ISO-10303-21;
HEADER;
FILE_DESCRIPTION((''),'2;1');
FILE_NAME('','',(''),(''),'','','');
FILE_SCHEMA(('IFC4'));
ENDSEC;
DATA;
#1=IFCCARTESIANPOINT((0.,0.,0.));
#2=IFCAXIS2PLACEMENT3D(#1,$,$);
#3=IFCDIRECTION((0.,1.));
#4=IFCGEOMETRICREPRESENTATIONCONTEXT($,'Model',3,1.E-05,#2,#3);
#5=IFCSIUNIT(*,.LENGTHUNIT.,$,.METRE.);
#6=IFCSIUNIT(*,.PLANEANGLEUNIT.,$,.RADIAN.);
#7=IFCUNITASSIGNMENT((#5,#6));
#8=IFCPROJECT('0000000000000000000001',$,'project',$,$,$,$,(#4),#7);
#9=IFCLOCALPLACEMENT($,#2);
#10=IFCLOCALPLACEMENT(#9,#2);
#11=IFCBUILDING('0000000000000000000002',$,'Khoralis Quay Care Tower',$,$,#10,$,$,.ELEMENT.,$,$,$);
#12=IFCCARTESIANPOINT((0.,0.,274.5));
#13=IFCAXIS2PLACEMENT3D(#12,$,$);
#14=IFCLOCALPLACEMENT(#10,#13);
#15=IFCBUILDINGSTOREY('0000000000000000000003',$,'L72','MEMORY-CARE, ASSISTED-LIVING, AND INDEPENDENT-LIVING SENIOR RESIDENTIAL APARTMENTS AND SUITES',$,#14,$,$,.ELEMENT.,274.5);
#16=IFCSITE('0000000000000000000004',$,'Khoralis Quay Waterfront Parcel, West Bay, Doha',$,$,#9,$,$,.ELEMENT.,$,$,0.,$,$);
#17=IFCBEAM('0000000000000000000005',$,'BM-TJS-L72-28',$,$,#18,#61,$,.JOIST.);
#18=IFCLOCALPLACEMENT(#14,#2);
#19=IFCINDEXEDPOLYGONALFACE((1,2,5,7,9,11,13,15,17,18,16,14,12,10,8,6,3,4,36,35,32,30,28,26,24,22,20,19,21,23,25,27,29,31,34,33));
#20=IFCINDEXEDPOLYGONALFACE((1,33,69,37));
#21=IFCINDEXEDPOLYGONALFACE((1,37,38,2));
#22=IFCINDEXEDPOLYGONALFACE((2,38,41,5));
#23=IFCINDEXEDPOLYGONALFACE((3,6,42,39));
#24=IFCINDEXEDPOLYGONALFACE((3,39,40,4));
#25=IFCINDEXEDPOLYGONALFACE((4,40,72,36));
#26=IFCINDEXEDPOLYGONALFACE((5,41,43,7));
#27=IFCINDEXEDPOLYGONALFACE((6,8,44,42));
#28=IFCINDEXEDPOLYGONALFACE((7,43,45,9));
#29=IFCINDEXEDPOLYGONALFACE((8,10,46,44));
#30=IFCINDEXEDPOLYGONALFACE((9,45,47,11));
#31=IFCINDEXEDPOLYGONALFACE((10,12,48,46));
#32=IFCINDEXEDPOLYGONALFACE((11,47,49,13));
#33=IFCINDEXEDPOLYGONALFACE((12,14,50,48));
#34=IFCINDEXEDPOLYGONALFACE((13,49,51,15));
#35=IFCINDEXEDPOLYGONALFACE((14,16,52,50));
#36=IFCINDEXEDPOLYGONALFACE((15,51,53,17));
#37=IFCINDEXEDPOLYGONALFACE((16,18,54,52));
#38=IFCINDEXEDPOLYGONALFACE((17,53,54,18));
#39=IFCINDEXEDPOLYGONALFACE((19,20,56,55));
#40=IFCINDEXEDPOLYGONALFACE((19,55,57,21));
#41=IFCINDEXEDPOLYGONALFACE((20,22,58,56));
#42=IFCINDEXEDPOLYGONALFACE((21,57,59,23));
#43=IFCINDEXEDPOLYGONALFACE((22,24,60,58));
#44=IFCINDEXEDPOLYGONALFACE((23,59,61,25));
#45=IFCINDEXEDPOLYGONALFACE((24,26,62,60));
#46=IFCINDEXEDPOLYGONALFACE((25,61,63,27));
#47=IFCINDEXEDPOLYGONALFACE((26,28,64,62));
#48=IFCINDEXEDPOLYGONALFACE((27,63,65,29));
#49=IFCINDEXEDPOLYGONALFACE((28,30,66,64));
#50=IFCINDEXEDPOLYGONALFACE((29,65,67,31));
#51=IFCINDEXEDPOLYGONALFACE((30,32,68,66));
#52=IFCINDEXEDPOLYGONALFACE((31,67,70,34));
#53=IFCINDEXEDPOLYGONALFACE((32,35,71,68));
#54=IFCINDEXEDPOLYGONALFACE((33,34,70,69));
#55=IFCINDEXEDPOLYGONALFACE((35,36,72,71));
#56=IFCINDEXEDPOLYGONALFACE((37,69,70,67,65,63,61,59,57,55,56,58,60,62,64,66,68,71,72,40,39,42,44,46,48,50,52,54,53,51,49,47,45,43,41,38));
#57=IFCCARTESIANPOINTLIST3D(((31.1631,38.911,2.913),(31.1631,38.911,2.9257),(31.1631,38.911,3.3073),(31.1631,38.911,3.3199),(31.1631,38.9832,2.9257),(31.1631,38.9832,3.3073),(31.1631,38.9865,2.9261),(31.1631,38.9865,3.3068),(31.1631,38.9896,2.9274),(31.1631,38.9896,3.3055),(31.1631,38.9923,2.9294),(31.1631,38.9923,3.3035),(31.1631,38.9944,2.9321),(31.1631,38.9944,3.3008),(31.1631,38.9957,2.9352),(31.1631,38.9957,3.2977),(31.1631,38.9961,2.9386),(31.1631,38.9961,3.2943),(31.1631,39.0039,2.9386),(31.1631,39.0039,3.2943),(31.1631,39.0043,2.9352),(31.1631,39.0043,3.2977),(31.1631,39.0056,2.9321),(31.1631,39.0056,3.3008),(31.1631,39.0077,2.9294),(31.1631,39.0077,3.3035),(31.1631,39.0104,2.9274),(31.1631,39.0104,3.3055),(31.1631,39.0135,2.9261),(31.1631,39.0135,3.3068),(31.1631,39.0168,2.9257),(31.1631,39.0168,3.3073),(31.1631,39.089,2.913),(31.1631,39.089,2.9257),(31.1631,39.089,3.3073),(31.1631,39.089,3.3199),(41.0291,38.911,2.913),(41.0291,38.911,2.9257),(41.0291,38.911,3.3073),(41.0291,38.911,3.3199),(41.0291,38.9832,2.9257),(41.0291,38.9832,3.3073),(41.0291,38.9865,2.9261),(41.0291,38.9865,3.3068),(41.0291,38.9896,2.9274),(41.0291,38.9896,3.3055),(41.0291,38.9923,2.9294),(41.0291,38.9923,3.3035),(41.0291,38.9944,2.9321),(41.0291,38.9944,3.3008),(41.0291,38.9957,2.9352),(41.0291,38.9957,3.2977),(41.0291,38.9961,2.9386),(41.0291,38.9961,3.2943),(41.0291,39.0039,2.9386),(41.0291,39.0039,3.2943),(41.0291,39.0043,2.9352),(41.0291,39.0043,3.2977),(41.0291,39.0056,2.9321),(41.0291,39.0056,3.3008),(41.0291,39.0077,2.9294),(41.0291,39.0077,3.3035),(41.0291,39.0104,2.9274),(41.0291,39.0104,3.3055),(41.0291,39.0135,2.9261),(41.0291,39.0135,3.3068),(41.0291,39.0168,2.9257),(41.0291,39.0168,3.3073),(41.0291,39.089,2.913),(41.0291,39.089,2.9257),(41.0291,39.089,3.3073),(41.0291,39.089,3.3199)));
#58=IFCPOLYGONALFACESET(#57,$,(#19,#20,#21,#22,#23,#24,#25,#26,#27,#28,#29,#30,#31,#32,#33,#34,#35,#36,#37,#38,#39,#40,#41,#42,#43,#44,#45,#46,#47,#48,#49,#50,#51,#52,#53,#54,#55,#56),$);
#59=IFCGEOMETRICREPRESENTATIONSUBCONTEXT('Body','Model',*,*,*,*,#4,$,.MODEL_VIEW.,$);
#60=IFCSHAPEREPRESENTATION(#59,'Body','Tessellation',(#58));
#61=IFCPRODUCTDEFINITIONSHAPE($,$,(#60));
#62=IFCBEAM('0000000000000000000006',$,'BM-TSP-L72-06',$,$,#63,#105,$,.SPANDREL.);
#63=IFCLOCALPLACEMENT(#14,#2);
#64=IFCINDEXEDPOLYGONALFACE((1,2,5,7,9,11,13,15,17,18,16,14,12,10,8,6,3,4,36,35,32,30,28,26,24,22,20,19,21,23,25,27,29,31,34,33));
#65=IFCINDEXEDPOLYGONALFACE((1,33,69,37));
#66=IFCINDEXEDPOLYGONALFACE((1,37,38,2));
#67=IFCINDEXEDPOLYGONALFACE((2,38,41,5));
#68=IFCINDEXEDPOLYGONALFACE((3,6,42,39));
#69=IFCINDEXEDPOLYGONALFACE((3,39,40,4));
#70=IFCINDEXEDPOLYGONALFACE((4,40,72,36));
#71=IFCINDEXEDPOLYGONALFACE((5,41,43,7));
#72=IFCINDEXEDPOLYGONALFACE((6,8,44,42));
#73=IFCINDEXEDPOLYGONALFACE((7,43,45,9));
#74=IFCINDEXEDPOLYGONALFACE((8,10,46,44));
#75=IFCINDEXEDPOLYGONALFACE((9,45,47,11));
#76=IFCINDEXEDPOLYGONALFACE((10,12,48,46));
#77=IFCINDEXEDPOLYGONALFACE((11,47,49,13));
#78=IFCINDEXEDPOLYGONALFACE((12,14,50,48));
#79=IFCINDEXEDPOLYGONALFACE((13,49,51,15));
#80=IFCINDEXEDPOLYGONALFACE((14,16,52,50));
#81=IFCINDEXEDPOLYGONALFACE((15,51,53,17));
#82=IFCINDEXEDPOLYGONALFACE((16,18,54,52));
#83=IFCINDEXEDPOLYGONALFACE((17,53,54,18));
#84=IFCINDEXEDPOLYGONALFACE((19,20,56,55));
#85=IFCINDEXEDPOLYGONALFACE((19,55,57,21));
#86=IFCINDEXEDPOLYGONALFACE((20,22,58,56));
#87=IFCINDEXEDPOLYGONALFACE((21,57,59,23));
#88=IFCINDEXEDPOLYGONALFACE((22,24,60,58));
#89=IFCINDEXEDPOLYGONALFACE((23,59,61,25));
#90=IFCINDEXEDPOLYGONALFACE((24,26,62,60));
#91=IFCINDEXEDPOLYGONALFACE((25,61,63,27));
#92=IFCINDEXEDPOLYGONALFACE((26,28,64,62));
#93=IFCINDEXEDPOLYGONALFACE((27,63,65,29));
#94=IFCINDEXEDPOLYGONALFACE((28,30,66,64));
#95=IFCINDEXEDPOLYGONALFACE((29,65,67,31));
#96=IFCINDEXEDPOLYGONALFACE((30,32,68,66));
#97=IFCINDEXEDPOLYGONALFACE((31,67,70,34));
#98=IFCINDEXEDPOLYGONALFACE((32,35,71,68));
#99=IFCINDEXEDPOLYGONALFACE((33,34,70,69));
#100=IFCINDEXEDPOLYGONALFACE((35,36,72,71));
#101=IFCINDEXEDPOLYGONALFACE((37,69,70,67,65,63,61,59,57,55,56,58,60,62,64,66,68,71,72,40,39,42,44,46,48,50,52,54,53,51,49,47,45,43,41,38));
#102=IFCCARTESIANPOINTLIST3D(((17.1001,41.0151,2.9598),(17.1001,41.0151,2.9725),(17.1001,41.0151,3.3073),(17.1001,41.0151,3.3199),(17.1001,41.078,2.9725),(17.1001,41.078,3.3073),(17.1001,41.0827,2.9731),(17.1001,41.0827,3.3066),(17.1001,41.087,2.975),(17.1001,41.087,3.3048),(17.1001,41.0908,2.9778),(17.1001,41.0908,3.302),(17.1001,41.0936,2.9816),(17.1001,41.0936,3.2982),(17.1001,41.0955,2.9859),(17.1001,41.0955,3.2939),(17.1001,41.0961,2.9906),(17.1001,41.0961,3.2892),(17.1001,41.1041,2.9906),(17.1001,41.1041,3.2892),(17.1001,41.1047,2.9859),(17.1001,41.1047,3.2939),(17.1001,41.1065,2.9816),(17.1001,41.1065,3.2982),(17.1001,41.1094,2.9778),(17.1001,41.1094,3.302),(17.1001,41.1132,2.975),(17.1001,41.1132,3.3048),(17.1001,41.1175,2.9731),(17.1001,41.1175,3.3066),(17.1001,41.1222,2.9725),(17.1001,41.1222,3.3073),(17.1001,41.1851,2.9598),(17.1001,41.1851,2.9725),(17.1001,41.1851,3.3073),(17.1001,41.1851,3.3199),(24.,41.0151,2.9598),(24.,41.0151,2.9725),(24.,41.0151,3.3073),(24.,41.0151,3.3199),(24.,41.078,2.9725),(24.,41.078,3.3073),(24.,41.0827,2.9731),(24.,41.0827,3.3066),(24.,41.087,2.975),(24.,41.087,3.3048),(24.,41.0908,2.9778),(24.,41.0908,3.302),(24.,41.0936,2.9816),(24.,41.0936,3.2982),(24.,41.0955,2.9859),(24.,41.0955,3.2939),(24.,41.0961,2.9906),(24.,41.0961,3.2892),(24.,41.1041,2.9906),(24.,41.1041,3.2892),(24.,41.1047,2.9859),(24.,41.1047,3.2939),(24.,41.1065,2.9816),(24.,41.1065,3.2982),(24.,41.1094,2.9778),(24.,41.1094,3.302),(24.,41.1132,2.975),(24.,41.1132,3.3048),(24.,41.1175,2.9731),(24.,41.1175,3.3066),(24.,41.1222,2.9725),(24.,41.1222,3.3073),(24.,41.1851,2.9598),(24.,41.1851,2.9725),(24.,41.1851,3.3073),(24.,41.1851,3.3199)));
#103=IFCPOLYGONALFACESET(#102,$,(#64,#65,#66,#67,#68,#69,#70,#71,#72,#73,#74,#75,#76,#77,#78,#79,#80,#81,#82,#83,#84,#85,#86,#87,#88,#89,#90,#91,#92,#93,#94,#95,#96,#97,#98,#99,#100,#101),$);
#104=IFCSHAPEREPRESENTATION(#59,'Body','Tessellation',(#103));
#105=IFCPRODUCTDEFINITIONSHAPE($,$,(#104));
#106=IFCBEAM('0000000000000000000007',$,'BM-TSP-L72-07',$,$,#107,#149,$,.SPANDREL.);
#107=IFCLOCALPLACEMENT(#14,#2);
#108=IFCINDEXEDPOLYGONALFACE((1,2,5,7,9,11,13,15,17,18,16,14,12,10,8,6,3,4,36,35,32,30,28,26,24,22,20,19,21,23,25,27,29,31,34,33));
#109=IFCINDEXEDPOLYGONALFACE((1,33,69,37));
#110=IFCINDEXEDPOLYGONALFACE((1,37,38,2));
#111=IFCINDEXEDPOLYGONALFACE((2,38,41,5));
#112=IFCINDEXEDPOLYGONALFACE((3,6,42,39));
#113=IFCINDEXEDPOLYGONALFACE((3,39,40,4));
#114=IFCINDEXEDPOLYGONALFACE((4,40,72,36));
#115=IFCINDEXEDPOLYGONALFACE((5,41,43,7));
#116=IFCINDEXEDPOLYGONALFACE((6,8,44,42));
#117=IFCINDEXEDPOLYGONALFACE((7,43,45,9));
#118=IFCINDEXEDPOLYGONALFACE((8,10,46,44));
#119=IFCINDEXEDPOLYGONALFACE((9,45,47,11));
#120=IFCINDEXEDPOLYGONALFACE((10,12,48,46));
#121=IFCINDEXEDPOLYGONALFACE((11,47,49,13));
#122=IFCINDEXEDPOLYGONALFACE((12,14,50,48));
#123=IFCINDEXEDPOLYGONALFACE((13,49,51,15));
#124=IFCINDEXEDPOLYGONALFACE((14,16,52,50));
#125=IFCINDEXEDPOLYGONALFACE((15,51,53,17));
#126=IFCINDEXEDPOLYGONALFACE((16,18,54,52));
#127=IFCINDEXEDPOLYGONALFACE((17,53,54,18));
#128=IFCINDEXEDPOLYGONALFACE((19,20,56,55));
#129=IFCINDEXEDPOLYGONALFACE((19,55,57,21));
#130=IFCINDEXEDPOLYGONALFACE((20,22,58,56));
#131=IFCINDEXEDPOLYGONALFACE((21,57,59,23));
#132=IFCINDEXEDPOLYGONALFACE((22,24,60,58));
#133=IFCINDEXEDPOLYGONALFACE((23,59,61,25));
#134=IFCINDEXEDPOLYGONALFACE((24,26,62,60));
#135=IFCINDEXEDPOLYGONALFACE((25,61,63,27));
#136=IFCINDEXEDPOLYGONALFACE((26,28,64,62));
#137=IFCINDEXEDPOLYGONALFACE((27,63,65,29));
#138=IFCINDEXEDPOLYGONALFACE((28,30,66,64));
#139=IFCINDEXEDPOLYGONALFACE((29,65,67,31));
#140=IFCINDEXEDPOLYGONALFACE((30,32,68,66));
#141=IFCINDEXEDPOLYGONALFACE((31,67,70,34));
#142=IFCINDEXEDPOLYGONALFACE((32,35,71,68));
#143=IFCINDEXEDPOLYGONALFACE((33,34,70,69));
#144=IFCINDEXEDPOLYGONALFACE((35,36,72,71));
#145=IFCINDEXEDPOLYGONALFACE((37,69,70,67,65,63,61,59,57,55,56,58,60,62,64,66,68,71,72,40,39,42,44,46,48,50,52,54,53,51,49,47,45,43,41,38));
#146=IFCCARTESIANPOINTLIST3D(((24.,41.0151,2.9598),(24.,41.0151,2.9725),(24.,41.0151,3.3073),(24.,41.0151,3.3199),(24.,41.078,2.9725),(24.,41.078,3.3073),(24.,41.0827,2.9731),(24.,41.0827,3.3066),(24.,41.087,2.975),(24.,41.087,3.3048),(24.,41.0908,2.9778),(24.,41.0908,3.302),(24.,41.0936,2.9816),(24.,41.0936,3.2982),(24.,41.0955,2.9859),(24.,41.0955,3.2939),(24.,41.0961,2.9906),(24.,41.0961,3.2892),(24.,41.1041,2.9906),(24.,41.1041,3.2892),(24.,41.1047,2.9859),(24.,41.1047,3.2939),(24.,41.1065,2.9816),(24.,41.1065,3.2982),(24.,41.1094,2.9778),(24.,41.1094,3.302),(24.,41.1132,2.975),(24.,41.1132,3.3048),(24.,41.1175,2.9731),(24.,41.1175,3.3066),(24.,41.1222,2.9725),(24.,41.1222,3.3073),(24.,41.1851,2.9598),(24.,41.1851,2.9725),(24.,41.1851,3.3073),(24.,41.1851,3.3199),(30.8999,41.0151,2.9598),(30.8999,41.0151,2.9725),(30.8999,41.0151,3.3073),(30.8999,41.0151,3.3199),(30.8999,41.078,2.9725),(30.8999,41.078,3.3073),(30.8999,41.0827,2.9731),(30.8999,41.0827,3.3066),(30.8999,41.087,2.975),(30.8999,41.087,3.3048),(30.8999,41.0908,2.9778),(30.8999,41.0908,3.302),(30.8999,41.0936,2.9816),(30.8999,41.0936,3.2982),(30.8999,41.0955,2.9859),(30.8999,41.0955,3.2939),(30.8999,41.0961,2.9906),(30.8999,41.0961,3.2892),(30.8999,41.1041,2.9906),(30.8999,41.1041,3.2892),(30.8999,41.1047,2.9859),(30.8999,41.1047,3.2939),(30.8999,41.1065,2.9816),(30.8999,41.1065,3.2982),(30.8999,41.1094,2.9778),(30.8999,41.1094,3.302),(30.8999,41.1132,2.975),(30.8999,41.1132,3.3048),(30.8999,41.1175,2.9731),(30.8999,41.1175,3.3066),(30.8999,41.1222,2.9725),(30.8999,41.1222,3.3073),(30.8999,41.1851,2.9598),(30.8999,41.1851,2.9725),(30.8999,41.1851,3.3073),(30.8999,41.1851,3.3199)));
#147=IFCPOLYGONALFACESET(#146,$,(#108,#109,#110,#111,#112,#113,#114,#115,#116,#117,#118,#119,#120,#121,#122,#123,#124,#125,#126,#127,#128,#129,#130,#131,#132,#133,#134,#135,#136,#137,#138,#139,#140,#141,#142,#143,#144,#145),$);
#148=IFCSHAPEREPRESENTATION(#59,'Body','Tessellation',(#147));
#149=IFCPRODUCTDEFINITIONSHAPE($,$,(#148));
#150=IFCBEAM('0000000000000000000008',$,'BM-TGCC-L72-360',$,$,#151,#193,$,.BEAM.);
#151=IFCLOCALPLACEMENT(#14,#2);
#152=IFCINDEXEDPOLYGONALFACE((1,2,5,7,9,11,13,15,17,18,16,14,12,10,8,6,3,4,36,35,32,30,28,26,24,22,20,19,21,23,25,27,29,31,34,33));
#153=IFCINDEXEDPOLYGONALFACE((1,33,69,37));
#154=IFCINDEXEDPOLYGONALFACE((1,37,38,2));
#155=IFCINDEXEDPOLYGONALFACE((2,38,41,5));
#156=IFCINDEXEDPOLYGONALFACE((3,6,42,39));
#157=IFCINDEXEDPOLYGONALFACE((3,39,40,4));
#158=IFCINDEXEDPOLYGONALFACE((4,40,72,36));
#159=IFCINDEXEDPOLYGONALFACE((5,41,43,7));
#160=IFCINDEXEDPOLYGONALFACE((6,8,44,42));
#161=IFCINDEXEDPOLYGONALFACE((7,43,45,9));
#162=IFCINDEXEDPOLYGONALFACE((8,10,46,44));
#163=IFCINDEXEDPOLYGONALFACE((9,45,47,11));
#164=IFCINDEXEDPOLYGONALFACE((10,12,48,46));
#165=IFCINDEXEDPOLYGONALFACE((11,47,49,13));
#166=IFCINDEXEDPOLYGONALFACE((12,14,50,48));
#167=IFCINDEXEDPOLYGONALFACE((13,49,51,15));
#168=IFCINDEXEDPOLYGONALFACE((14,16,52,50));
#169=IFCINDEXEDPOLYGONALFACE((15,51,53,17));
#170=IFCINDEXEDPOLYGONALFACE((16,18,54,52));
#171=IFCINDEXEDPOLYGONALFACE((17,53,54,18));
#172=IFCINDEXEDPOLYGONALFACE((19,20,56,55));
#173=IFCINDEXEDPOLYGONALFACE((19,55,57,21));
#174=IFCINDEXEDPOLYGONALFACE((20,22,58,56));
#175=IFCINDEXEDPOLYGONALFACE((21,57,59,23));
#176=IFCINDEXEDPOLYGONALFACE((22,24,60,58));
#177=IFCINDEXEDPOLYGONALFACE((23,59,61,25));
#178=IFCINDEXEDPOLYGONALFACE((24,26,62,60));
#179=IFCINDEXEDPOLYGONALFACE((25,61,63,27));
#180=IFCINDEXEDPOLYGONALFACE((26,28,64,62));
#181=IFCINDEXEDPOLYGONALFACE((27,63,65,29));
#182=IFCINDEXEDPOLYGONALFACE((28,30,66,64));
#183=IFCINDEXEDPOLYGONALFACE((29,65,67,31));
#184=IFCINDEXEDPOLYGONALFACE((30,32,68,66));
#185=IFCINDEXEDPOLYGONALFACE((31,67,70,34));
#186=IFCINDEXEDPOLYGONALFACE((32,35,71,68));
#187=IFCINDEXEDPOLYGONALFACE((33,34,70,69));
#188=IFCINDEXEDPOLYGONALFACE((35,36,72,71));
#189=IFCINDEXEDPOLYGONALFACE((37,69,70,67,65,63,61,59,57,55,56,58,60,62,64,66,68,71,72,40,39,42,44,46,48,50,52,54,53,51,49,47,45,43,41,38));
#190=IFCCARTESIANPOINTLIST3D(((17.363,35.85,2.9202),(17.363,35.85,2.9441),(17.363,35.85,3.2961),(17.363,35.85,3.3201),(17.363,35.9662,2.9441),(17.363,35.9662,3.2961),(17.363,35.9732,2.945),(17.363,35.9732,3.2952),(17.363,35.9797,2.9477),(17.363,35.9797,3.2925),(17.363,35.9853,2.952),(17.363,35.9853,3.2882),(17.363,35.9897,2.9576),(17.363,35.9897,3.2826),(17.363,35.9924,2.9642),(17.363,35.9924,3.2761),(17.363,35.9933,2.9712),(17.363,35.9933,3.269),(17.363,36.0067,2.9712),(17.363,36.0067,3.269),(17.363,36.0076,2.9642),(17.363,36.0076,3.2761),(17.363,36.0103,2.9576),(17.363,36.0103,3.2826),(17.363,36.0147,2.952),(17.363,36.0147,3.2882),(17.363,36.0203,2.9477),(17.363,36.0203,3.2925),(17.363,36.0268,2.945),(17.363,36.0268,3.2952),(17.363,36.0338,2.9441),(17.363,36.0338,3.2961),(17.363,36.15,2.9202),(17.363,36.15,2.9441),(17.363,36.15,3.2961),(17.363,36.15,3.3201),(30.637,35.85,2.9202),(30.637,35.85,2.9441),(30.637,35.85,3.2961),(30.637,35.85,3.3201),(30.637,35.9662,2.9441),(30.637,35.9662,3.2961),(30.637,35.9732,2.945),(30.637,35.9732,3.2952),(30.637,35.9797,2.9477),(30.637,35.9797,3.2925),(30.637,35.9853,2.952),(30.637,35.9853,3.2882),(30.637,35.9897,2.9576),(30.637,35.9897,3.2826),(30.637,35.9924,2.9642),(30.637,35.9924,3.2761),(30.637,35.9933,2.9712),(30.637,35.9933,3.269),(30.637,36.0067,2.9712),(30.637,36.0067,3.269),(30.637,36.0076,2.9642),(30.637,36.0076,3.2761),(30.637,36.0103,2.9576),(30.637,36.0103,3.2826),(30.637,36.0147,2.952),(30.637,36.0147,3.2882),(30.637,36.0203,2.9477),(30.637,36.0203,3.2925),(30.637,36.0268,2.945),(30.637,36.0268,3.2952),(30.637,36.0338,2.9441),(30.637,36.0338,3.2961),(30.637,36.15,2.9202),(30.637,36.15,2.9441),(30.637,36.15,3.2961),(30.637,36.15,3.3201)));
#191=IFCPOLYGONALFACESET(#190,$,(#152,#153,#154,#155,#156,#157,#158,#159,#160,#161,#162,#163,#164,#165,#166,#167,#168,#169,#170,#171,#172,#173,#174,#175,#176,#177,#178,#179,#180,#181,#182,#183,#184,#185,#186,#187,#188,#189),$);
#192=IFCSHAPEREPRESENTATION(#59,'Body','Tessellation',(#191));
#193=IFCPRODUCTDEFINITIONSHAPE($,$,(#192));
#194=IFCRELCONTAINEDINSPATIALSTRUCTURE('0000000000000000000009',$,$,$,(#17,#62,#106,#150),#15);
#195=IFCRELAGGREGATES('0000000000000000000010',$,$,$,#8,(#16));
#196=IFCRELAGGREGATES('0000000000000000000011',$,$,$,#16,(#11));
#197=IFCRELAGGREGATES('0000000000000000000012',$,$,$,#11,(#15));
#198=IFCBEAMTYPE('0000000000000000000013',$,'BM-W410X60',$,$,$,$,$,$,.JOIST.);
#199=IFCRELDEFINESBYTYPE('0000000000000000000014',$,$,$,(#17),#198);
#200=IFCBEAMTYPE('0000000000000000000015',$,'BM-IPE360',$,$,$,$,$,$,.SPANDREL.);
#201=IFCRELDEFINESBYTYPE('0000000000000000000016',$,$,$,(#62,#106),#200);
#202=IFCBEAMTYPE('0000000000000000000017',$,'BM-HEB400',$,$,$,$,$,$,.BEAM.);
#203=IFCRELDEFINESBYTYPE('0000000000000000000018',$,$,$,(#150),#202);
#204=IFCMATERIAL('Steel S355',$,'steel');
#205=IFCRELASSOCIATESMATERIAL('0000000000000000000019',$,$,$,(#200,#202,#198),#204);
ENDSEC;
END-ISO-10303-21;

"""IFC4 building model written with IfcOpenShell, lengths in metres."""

from ifc_helpers import new_model, si_unit, direction, frame, origin, origin_2d, place, context, subcontext, project, spatial, i_section, extrude, source, transform, mapped, material, material_profile, profile_set, type_object, element, save


model = new_model("IFC4")

# Units and contexts
model_context = context("Model", 3, precision=1e-05, world=origin(), true_north=direction((0.0, 1.0)))
body_context = subcontext(model_context, "Body", "Model", "MODEL_VIEW")
ifc_project = project(units=[si_unit("LENGTHUNIT", "METRE"), si_unit("PLANEANGLEUNIT", "RADIAN")], contexts=[model_context])

# Site, building, storey
site_placement = place(None, origin())
site = spatial("IfcSite", under=ifc_project, at=site_placement, Name="Khoralis Quay Waterfront Parcel, West Bay, Doha", CompositionType="ELEMENT", RefElevation=0.0)
building_placement = place(site_placement, origin())
building = spatial("IfcBuilding", under=site, at=building_placement, Name="Khoralis Quay Care Tower", CompositionType="ELEMENT")
storey_placement = place(building_placement, frame((0.0, 0.0, 274.5)))
storey = spatial("IfcBuildingStorey", under=building, at=storey_placement, Name="L72", Description="MEMORY-CARE, ASSISTED-LIVING, AND INDEPENDENT-LIVING SENIOR RESIDENTIAL APARTMENTS AND SUITES", CompositionType="ELEMENT", Elevation=274.5)

# Beams
ifc_material_1 = material(Name="Steel S355", Category="steel")
ifc_material_profile_1 = material_profile(ifc_material_1, i_section(OverallWidth=0.1699, OverallDepth=0.3601, WebThickness=0.0081, FlangeThickness=0.0127, FilletRadius=0.0181, at=origin_2d()), Name="Steel S355")
ifc_profile_set_1 = profile_set([ifc_material_profile_1], Name="Steel S355")
beam_type_1 = type_object("IfcBeamType", Name="BM-IPE360", PredefinedType="SPANDREL", material=ifc_profile_set_1)
ifc_material_profile_2 = material_profile(ifc_material_1, i_section(OverallWidth=0.3, OverallDepth=0.3999, WebThickness=0.0134, FlangeThickness=0.0239, FilletRadius=0.0271, at=origin_2d()), Name="Steel S355")
ifc_profile_set_2 = profile_set([ifc_material_profile_2], Name="Steel S355")
beam_type_2 = type_object("IfcBeamType", Name="BM-HEB400", PredefinedType="BEAM", material=ifc_profile_set_2)
ifc_material_profile_3 = material_profile(ifc_material_1, i_section(OverallWidth=0.178, OverallDepth=0.407, WebThickness=0.0078, FlangeThickness=0.0127, FilletRadius=0.0129, at=origin_2d()), Name="Steel S355")
ifc_profile_set_3 = profile_set([ifc_material_profile_3], Name="Steel S355")
beam_type_3 = type_object("IfcBeamType", Name="BM-W410X60", PredefinedType="JOIST", material=ifc_profile_set_3)
shared_shape_1 = source(origin(), body_context, "Body", "SweptSolid", [
    extrude(i_section(OverallWidth=0.178, OverallDepth=0.407, WebThickness=0.0078, FlangeThickness=0.0127, FilletRadius=0.0129, at=origin_2d()), origin(), (0.0, 0.0, 1.0), 9.866),
])
for number, where, z_axis, x_axis, name in (
    (1, (31.1631, 39.0, 3.1165), (1.0, 0.0, 0.0), (0.0, 1.0, 0.0), "BM-TJS-L72-28"),
):
    element("IfcBeam", number, at=place(storey_placement, frame(where, z_axis=z_axis, x_axis=x_axis)), inside=storey, type_object=beam_type_3, Name=name, PredefinedType="JOIST", context=body_context, shape_type="MappedRepresentation", body=[
        mapped(shared_shape_1, transform((0.0, 0.0, 0.0), scale=1.0)),
    ])
shared_shape_2 = source(origin(), body_context, "Body", "SweptSolid", [
    extrude(i_section(OverallWidth=0.1699, OverallDepth=0.3601, WebThickness=0.0081, FlangeThickness=0.0127, FilletRadius=0.0181, at=origin_2d()), origin(), (0.0, 0.0, 1.0), 6.8999),
])
for number, where, z_axis, x_axis, name in (
    (2, (17.1001, 41.1001, 3.1399), (1.0, 0.0, 0.0), (0.0, 1.0, 0.0), "BM-TSP-L72-06"),
    (3, (24.0, 41.1001, 3.1399), (1.0, 0.0, 0.0), (0.0, 1.0, 0.0), "BM-TSP-L72-07"),
):
    element("IfcBeam", number, at=place(storey_placement, frame(where, z_axis=z_axis, x_axis=x_axis)), inside=storey, type_object=beam_type_1, Name=name, PredefinedType="SPANDREL", context=body_context, shape_type="MappedRepresentation", body=[
        mapped(shared_shape_2, transform((0.0, 0.0, 0.0), scale=1.0)),
    ])
shared_shape_3 = source(origin(), body_context, "Body", "SweptSolid", [
    extrude(i_section(OverallWidth=0.3, OverallDepth=0.3999, WebThickness=0.0134, FlangeThickness=0.0239, FilletRadius=0.0271, at=origin_2d()), origin(), (0.0, 0.0, 1.0), 13.2739),
])
beam_1_placement = place(storey_placement, frame((17.363, 36.0, 3.1201), z_axis=(1.0, 0.0, 0.0), x_axis=(0.0, 1.0, 0.0)))
element("IfcBeam", 4, at=beam_1_placement, inside=storey, type_object=beam_type_2, Name="BM-TGCC-L72-360", PredefinedType="BEAM", context=body_context, shape_type="MappedRepresentation", body=[
    mapped(shared_shape_3, transform((0.0, 0.0, 0.0), scale=1.0)),
])

save(model, "model.ifc")
